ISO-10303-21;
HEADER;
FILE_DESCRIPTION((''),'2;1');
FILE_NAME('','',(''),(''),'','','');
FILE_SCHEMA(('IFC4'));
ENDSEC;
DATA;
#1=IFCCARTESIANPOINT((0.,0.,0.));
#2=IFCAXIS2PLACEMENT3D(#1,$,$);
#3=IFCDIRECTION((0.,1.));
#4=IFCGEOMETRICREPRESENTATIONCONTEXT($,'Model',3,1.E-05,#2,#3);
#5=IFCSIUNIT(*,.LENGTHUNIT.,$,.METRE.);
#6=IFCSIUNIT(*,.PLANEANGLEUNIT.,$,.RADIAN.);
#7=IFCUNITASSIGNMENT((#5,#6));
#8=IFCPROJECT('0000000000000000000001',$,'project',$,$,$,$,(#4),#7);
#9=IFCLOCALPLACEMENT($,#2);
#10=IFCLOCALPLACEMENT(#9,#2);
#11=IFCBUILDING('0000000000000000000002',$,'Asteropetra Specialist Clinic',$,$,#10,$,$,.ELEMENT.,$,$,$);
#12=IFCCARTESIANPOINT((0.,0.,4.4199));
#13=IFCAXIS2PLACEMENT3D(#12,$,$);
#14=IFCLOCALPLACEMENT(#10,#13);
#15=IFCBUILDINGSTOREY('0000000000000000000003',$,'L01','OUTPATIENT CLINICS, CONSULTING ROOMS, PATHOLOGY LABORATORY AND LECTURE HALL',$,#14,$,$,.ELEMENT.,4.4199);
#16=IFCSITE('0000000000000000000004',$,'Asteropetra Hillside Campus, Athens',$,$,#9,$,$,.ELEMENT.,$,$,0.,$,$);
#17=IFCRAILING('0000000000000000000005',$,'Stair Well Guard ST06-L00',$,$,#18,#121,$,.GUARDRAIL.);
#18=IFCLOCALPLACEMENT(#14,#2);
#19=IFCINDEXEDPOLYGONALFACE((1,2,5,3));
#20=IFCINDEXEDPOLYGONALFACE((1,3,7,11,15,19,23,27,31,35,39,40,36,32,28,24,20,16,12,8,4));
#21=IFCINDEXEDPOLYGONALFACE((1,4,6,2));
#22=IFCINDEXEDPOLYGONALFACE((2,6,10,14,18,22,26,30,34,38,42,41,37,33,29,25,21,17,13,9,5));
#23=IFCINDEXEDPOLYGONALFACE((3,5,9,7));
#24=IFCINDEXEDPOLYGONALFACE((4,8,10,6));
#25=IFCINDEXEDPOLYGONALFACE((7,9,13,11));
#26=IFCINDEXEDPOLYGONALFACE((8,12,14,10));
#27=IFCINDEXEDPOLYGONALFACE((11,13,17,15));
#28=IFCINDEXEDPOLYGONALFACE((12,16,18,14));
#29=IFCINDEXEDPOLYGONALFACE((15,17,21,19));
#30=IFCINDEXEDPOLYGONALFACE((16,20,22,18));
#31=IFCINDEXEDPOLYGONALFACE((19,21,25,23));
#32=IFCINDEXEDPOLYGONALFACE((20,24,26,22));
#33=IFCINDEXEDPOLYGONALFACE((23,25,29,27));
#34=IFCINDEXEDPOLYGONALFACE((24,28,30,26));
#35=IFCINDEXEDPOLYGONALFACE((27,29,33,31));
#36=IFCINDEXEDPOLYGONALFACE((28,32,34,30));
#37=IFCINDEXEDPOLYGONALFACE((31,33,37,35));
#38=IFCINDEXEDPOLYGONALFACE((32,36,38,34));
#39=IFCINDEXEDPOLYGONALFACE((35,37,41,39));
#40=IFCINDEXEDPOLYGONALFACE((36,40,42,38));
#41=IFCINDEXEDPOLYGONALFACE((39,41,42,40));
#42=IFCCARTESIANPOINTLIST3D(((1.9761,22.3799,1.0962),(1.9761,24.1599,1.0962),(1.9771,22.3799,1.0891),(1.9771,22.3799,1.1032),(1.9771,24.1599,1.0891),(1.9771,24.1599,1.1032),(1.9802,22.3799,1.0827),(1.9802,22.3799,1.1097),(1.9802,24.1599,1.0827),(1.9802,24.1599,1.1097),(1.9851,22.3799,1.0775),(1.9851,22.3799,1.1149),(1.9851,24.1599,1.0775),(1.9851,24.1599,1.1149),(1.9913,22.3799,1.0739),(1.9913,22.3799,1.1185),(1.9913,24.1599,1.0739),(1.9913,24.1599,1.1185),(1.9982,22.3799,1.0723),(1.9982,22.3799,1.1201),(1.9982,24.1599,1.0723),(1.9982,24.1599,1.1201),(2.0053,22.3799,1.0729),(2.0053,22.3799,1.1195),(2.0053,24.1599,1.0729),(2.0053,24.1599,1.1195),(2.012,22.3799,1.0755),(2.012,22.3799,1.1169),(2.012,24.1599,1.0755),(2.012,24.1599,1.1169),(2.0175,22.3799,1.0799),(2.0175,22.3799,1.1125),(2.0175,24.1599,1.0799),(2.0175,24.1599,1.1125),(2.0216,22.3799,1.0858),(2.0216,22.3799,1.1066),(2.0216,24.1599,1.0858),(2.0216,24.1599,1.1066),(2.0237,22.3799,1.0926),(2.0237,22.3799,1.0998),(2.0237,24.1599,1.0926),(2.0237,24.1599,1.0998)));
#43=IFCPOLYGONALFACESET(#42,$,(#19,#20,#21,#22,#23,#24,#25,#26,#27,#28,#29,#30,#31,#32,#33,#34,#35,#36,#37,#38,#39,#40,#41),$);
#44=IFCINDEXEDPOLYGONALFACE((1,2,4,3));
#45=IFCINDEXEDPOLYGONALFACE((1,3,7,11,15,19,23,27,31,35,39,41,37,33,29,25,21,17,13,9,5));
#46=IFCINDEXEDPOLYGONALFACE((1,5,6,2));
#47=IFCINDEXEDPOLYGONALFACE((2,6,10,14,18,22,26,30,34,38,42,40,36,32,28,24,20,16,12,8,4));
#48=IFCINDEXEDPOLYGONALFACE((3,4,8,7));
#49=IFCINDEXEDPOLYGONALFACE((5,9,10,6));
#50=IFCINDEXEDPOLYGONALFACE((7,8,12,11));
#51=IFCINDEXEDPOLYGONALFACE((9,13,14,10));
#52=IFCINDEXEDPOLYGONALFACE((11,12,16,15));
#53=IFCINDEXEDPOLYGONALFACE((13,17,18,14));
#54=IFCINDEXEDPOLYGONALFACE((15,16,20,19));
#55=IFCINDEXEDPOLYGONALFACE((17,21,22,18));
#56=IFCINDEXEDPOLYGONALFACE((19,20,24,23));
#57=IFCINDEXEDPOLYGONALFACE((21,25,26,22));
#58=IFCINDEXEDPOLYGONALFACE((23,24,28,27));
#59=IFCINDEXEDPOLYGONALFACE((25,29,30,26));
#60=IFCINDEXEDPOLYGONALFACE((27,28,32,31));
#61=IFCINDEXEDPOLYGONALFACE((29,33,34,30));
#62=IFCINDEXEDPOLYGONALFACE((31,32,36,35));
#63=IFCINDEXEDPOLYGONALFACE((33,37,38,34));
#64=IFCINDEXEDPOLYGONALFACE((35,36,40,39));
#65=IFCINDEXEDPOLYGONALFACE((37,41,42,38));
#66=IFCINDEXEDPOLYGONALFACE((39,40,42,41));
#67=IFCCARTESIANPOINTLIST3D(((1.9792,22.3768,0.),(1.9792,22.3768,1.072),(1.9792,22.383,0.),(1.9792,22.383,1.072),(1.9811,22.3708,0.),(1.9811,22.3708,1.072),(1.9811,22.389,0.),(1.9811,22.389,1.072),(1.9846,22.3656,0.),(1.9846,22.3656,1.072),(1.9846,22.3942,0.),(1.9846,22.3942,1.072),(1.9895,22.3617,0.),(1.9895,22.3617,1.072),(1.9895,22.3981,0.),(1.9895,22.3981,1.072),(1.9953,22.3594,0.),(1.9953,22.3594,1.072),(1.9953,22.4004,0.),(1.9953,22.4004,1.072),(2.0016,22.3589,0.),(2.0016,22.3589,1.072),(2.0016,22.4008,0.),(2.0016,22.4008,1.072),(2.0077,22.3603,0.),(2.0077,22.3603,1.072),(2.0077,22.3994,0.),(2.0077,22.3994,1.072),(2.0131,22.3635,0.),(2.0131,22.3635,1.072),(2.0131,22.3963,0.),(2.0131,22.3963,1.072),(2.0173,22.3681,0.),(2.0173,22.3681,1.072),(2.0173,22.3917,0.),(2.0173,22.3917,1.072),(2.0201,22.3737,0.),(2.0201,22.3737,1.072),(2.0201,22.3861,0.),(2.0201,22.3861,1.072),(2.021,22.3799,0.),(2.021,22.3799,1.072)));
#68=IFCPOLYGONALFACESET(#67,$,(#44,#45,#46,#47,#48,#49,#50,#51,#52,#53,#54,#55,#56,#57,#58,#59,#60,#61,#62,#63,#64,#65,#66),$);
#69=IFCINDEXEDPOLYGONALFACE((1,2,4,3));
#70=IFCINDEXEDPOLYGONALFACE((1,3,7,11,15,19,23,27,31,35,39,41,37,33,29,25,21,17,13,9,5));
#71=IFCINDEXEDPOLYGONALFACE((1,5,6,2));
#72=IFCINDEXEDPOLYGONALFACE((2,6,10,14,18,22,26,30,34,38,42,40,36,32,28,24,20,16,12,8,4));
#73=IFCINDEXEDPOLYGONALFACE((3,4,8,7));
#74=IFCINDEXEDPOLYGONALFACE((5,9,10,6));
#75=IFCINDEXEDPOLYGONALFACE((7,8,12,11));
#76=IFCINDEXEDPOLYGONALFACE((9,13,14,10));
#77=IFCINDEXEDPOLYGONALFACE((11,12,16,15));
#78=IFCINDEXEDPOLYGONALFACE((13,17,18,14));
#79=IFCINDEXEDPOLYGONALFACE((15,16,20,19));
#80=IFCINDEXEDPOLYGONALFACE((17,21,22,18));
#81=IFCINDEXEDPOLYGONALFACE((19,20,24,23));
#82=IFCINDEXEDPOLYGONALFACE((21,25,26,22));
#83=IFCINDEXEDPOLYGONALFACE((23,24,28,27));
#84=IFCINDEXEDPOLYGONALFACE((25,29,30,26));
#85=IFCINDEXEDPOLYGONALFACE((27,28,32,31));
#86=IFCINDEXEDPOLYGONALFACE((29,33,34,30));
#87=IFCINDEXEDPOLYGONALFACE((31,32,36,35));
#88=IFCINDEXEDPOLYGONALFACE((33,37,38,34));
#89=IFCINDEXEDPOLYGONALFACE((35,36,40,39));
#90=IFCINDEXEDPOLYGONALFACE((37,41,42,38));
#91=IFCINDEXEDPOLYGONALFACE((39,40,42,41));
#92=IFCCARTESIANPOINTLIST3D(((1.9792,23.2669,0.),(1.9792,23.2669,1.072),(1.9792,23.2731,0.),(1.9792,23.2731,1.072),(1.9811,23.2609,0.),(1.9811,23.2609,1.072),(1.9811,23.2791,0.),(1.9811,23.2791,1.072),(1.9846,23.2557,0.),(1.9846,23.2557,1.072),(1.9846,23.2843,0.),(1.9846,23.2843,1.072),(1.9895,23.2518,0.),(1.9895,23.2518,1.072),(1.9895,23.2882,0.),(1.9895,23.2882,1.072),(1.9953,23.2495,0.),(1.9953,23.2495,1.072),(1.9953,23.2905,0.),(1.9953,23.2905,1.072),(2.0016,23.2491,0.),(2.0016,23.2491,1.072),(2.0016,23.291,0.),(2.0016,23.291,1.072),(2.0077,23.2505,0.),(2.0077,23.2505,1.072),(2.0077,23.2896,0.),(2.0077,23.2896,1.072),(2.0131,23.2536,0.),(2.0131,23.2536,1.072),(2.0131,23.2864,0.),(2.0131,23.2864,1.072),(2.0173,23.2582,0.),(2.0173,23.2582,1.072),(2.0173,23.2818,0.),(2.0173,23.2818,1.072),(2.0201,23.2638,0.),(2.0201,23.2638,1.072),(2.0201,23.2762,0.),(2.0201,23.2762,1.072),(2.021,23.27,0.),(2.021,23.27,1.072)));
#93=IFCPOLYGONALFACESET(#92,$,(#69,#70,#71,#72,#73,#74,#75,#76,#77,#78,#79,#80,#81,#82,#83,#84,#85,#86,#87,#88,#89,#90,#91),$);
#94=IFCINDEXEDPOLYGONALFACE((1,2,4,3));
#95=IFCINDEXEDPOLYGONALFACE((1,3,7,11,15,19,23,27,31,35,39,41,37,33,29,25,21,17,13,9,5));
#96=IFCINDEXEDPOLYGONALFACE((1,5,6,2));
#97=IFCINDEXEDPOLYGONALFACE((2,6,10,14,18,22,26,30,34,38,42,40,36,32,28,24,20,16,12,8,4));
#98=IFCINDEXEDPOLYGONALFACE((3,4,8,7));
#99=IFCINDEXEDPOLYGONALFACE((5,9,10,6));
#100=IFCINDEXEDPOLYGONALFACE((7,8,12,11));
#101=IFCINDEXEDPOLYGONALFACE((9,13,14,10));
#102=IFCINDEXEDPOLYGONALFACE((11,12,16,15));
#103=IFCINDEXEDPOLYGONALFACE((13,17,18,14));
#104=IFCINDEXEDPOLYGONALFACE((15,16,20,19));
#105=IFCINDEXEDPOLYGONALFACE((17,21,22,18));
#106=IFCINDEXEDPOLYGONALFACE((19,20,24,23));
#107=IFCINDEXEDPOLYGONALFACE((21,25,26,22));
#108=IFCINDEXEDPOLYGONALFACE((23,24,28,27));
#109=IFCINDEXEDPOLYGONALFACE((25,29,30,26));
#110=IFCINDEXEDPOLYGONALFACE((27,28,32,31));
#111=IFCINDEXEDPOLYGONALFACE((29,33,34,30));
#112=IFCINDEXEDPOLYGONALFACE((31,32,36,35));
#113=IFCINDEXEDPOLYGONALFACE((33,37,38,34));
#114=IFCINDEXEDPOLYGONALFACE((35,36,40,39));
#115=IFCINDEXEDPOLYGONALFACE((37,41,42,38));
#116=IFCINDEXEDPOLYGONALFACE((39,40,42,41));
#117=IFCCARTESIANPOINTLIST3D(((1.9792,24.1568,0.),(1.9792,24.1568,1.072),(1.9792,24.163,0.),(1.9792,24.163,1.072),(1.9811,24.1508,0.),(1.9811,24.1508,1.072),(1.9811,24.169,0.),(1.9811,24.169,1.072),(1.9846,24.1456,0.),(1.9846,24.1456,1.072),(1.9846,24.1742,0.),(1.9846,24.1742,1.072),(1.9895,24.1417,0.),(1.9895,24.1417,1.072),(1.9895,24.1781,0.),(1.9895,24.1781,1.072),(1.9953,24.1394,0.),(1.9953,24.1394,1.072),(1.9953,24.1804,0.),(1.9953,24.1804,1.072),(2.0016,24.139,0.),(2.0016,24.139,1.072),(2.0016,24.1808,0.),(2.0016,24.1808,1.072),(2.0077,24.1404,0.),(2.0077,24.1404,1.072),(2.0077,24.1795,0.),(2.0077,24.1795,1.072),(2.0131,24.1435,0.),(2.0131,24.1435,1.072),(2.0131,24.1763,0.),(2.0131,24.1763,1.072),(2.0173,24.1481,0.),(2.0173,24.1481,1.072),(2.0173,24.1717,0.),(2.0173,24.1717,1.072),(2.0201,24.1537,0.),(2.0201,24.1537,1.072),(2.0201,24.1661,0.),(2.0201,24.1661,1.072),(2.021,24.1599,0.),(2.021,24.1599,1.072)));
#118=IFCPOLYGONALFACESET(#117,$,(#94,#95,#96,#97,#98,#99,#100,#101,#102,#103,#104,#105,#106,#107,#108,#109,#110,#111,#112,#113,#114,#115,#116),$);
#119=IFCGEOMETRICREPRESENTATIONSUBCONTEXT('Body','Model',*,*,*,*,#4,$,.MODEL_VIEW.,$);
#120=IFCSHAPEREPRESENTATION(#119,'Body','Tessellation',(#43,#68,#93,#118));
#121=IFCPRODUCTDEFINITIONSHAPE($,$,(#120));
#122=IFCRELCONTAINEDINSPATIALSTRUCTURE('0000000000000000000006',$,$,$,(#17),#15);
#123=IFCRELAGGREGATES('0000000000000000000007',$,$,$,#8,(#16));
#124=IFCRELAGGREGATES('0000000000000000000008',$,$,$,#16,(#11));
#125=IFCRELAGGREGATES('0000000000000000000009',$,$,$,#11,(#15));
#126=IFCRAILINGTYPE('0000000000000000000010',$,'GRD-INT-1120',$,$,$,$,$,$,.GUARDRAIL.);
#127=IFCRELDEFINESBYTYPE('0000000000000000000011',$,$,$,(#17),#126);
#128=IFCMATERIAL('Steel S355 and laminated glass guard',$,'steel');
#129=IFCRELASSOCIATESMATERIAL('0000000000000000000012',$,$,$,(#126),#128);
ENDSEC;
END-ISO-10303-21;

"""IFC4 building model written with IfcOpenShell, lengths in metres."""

from ifc_helpers import new_model, si_unit, direction, frame, origin, origin_2d, place, context, subcontext, project, spatial, circle, extrude, material, type_object, element, save


model = new_model("IFC4")

# Units and contexts
model_context = context("Model", 3, precision=1e-05, world=origin(), true_north=direction((0.0, 1.0)))
body_context = subcontext(model_context, "Body", "Model", "MODEL_VIEW")
ifc_project = project(units=[si_unit("LENGTHUNIT", "METRE"), si_unit("PLANEANGLEUNIT", "RADIAN")], contexts=[model_context])

# Site, building, storey
site_placement = place(None, origin())
site = spatial("IfcSite", under=ifc_project, at=site_placement, Name="Asteropetra Hillside Campus, Athens", CompositionType="ELEMENT", RefElevation=0.0)
building_placement = place(site_placement, origin())
building = spatial("IfcBuilding", under=site, at=building_placement, Name="Asteropetra Specialist Clinic", CompositionType="ELEMENT")
storey_placement = place(building_placement, frame((0.0, 0.0, 4.4199)))
storey = spatial("IfcBuildingStorey", under=building, at=storey_placement, Name="L01", Description="OUTPATIENT CLINICS, CONSULTING ROOMS, PATHOLOGY LABORATORY AND LECTURE HALL", CompositionType="ELEMENT", Elevation=4.4199)

# Railing
ifc_material_1 = material(Name="Steel S355 and laminated glass guard", Category="steel")
railing_type = type_object("IfcRailingType", Name="GRD-INT-1120", PredefinedType="GUARDRAIL", material=ifc_material_1)
railing_placement = place(storey_placement, frame((2.0, 22.3799, 0.0)))
element("IfcRailing", 1, at=railing_placement, inside=storey, type_object=railing_type, Name="Stair Well Guard ST06-L00", PredefinedType="GUARDRAIL", context=body_context, shape_type="SweptSolid", body=[
    extrude(circle(Radius=0.0239, at=origin_2d()), frame((0.0, 0.0, 1.0962), z_axis=(0.0, 1.0, 0.0), x_axis=(-1.0, 0.0, 0.0)), (0.0, 0.0, 1.0), 1.78),
    extrude(circle(Radius=0.021, at=origin_2d()), origin(), (0.0, 0.0, 1.0), 1.072),
    extrude(circle(Radius=0.021, at=origin_2d()), frame((0.0, 0.8901, 0.0)), (0.0, 0.0, 1.0), 1.072),
    extrude(circle(Radius=0.021, at=origin_2d()), frame((0.0, 1.78, 0.0)), (0.0, 0.0, 1.0), 1.072),
])

save(model, "model.ifc")
